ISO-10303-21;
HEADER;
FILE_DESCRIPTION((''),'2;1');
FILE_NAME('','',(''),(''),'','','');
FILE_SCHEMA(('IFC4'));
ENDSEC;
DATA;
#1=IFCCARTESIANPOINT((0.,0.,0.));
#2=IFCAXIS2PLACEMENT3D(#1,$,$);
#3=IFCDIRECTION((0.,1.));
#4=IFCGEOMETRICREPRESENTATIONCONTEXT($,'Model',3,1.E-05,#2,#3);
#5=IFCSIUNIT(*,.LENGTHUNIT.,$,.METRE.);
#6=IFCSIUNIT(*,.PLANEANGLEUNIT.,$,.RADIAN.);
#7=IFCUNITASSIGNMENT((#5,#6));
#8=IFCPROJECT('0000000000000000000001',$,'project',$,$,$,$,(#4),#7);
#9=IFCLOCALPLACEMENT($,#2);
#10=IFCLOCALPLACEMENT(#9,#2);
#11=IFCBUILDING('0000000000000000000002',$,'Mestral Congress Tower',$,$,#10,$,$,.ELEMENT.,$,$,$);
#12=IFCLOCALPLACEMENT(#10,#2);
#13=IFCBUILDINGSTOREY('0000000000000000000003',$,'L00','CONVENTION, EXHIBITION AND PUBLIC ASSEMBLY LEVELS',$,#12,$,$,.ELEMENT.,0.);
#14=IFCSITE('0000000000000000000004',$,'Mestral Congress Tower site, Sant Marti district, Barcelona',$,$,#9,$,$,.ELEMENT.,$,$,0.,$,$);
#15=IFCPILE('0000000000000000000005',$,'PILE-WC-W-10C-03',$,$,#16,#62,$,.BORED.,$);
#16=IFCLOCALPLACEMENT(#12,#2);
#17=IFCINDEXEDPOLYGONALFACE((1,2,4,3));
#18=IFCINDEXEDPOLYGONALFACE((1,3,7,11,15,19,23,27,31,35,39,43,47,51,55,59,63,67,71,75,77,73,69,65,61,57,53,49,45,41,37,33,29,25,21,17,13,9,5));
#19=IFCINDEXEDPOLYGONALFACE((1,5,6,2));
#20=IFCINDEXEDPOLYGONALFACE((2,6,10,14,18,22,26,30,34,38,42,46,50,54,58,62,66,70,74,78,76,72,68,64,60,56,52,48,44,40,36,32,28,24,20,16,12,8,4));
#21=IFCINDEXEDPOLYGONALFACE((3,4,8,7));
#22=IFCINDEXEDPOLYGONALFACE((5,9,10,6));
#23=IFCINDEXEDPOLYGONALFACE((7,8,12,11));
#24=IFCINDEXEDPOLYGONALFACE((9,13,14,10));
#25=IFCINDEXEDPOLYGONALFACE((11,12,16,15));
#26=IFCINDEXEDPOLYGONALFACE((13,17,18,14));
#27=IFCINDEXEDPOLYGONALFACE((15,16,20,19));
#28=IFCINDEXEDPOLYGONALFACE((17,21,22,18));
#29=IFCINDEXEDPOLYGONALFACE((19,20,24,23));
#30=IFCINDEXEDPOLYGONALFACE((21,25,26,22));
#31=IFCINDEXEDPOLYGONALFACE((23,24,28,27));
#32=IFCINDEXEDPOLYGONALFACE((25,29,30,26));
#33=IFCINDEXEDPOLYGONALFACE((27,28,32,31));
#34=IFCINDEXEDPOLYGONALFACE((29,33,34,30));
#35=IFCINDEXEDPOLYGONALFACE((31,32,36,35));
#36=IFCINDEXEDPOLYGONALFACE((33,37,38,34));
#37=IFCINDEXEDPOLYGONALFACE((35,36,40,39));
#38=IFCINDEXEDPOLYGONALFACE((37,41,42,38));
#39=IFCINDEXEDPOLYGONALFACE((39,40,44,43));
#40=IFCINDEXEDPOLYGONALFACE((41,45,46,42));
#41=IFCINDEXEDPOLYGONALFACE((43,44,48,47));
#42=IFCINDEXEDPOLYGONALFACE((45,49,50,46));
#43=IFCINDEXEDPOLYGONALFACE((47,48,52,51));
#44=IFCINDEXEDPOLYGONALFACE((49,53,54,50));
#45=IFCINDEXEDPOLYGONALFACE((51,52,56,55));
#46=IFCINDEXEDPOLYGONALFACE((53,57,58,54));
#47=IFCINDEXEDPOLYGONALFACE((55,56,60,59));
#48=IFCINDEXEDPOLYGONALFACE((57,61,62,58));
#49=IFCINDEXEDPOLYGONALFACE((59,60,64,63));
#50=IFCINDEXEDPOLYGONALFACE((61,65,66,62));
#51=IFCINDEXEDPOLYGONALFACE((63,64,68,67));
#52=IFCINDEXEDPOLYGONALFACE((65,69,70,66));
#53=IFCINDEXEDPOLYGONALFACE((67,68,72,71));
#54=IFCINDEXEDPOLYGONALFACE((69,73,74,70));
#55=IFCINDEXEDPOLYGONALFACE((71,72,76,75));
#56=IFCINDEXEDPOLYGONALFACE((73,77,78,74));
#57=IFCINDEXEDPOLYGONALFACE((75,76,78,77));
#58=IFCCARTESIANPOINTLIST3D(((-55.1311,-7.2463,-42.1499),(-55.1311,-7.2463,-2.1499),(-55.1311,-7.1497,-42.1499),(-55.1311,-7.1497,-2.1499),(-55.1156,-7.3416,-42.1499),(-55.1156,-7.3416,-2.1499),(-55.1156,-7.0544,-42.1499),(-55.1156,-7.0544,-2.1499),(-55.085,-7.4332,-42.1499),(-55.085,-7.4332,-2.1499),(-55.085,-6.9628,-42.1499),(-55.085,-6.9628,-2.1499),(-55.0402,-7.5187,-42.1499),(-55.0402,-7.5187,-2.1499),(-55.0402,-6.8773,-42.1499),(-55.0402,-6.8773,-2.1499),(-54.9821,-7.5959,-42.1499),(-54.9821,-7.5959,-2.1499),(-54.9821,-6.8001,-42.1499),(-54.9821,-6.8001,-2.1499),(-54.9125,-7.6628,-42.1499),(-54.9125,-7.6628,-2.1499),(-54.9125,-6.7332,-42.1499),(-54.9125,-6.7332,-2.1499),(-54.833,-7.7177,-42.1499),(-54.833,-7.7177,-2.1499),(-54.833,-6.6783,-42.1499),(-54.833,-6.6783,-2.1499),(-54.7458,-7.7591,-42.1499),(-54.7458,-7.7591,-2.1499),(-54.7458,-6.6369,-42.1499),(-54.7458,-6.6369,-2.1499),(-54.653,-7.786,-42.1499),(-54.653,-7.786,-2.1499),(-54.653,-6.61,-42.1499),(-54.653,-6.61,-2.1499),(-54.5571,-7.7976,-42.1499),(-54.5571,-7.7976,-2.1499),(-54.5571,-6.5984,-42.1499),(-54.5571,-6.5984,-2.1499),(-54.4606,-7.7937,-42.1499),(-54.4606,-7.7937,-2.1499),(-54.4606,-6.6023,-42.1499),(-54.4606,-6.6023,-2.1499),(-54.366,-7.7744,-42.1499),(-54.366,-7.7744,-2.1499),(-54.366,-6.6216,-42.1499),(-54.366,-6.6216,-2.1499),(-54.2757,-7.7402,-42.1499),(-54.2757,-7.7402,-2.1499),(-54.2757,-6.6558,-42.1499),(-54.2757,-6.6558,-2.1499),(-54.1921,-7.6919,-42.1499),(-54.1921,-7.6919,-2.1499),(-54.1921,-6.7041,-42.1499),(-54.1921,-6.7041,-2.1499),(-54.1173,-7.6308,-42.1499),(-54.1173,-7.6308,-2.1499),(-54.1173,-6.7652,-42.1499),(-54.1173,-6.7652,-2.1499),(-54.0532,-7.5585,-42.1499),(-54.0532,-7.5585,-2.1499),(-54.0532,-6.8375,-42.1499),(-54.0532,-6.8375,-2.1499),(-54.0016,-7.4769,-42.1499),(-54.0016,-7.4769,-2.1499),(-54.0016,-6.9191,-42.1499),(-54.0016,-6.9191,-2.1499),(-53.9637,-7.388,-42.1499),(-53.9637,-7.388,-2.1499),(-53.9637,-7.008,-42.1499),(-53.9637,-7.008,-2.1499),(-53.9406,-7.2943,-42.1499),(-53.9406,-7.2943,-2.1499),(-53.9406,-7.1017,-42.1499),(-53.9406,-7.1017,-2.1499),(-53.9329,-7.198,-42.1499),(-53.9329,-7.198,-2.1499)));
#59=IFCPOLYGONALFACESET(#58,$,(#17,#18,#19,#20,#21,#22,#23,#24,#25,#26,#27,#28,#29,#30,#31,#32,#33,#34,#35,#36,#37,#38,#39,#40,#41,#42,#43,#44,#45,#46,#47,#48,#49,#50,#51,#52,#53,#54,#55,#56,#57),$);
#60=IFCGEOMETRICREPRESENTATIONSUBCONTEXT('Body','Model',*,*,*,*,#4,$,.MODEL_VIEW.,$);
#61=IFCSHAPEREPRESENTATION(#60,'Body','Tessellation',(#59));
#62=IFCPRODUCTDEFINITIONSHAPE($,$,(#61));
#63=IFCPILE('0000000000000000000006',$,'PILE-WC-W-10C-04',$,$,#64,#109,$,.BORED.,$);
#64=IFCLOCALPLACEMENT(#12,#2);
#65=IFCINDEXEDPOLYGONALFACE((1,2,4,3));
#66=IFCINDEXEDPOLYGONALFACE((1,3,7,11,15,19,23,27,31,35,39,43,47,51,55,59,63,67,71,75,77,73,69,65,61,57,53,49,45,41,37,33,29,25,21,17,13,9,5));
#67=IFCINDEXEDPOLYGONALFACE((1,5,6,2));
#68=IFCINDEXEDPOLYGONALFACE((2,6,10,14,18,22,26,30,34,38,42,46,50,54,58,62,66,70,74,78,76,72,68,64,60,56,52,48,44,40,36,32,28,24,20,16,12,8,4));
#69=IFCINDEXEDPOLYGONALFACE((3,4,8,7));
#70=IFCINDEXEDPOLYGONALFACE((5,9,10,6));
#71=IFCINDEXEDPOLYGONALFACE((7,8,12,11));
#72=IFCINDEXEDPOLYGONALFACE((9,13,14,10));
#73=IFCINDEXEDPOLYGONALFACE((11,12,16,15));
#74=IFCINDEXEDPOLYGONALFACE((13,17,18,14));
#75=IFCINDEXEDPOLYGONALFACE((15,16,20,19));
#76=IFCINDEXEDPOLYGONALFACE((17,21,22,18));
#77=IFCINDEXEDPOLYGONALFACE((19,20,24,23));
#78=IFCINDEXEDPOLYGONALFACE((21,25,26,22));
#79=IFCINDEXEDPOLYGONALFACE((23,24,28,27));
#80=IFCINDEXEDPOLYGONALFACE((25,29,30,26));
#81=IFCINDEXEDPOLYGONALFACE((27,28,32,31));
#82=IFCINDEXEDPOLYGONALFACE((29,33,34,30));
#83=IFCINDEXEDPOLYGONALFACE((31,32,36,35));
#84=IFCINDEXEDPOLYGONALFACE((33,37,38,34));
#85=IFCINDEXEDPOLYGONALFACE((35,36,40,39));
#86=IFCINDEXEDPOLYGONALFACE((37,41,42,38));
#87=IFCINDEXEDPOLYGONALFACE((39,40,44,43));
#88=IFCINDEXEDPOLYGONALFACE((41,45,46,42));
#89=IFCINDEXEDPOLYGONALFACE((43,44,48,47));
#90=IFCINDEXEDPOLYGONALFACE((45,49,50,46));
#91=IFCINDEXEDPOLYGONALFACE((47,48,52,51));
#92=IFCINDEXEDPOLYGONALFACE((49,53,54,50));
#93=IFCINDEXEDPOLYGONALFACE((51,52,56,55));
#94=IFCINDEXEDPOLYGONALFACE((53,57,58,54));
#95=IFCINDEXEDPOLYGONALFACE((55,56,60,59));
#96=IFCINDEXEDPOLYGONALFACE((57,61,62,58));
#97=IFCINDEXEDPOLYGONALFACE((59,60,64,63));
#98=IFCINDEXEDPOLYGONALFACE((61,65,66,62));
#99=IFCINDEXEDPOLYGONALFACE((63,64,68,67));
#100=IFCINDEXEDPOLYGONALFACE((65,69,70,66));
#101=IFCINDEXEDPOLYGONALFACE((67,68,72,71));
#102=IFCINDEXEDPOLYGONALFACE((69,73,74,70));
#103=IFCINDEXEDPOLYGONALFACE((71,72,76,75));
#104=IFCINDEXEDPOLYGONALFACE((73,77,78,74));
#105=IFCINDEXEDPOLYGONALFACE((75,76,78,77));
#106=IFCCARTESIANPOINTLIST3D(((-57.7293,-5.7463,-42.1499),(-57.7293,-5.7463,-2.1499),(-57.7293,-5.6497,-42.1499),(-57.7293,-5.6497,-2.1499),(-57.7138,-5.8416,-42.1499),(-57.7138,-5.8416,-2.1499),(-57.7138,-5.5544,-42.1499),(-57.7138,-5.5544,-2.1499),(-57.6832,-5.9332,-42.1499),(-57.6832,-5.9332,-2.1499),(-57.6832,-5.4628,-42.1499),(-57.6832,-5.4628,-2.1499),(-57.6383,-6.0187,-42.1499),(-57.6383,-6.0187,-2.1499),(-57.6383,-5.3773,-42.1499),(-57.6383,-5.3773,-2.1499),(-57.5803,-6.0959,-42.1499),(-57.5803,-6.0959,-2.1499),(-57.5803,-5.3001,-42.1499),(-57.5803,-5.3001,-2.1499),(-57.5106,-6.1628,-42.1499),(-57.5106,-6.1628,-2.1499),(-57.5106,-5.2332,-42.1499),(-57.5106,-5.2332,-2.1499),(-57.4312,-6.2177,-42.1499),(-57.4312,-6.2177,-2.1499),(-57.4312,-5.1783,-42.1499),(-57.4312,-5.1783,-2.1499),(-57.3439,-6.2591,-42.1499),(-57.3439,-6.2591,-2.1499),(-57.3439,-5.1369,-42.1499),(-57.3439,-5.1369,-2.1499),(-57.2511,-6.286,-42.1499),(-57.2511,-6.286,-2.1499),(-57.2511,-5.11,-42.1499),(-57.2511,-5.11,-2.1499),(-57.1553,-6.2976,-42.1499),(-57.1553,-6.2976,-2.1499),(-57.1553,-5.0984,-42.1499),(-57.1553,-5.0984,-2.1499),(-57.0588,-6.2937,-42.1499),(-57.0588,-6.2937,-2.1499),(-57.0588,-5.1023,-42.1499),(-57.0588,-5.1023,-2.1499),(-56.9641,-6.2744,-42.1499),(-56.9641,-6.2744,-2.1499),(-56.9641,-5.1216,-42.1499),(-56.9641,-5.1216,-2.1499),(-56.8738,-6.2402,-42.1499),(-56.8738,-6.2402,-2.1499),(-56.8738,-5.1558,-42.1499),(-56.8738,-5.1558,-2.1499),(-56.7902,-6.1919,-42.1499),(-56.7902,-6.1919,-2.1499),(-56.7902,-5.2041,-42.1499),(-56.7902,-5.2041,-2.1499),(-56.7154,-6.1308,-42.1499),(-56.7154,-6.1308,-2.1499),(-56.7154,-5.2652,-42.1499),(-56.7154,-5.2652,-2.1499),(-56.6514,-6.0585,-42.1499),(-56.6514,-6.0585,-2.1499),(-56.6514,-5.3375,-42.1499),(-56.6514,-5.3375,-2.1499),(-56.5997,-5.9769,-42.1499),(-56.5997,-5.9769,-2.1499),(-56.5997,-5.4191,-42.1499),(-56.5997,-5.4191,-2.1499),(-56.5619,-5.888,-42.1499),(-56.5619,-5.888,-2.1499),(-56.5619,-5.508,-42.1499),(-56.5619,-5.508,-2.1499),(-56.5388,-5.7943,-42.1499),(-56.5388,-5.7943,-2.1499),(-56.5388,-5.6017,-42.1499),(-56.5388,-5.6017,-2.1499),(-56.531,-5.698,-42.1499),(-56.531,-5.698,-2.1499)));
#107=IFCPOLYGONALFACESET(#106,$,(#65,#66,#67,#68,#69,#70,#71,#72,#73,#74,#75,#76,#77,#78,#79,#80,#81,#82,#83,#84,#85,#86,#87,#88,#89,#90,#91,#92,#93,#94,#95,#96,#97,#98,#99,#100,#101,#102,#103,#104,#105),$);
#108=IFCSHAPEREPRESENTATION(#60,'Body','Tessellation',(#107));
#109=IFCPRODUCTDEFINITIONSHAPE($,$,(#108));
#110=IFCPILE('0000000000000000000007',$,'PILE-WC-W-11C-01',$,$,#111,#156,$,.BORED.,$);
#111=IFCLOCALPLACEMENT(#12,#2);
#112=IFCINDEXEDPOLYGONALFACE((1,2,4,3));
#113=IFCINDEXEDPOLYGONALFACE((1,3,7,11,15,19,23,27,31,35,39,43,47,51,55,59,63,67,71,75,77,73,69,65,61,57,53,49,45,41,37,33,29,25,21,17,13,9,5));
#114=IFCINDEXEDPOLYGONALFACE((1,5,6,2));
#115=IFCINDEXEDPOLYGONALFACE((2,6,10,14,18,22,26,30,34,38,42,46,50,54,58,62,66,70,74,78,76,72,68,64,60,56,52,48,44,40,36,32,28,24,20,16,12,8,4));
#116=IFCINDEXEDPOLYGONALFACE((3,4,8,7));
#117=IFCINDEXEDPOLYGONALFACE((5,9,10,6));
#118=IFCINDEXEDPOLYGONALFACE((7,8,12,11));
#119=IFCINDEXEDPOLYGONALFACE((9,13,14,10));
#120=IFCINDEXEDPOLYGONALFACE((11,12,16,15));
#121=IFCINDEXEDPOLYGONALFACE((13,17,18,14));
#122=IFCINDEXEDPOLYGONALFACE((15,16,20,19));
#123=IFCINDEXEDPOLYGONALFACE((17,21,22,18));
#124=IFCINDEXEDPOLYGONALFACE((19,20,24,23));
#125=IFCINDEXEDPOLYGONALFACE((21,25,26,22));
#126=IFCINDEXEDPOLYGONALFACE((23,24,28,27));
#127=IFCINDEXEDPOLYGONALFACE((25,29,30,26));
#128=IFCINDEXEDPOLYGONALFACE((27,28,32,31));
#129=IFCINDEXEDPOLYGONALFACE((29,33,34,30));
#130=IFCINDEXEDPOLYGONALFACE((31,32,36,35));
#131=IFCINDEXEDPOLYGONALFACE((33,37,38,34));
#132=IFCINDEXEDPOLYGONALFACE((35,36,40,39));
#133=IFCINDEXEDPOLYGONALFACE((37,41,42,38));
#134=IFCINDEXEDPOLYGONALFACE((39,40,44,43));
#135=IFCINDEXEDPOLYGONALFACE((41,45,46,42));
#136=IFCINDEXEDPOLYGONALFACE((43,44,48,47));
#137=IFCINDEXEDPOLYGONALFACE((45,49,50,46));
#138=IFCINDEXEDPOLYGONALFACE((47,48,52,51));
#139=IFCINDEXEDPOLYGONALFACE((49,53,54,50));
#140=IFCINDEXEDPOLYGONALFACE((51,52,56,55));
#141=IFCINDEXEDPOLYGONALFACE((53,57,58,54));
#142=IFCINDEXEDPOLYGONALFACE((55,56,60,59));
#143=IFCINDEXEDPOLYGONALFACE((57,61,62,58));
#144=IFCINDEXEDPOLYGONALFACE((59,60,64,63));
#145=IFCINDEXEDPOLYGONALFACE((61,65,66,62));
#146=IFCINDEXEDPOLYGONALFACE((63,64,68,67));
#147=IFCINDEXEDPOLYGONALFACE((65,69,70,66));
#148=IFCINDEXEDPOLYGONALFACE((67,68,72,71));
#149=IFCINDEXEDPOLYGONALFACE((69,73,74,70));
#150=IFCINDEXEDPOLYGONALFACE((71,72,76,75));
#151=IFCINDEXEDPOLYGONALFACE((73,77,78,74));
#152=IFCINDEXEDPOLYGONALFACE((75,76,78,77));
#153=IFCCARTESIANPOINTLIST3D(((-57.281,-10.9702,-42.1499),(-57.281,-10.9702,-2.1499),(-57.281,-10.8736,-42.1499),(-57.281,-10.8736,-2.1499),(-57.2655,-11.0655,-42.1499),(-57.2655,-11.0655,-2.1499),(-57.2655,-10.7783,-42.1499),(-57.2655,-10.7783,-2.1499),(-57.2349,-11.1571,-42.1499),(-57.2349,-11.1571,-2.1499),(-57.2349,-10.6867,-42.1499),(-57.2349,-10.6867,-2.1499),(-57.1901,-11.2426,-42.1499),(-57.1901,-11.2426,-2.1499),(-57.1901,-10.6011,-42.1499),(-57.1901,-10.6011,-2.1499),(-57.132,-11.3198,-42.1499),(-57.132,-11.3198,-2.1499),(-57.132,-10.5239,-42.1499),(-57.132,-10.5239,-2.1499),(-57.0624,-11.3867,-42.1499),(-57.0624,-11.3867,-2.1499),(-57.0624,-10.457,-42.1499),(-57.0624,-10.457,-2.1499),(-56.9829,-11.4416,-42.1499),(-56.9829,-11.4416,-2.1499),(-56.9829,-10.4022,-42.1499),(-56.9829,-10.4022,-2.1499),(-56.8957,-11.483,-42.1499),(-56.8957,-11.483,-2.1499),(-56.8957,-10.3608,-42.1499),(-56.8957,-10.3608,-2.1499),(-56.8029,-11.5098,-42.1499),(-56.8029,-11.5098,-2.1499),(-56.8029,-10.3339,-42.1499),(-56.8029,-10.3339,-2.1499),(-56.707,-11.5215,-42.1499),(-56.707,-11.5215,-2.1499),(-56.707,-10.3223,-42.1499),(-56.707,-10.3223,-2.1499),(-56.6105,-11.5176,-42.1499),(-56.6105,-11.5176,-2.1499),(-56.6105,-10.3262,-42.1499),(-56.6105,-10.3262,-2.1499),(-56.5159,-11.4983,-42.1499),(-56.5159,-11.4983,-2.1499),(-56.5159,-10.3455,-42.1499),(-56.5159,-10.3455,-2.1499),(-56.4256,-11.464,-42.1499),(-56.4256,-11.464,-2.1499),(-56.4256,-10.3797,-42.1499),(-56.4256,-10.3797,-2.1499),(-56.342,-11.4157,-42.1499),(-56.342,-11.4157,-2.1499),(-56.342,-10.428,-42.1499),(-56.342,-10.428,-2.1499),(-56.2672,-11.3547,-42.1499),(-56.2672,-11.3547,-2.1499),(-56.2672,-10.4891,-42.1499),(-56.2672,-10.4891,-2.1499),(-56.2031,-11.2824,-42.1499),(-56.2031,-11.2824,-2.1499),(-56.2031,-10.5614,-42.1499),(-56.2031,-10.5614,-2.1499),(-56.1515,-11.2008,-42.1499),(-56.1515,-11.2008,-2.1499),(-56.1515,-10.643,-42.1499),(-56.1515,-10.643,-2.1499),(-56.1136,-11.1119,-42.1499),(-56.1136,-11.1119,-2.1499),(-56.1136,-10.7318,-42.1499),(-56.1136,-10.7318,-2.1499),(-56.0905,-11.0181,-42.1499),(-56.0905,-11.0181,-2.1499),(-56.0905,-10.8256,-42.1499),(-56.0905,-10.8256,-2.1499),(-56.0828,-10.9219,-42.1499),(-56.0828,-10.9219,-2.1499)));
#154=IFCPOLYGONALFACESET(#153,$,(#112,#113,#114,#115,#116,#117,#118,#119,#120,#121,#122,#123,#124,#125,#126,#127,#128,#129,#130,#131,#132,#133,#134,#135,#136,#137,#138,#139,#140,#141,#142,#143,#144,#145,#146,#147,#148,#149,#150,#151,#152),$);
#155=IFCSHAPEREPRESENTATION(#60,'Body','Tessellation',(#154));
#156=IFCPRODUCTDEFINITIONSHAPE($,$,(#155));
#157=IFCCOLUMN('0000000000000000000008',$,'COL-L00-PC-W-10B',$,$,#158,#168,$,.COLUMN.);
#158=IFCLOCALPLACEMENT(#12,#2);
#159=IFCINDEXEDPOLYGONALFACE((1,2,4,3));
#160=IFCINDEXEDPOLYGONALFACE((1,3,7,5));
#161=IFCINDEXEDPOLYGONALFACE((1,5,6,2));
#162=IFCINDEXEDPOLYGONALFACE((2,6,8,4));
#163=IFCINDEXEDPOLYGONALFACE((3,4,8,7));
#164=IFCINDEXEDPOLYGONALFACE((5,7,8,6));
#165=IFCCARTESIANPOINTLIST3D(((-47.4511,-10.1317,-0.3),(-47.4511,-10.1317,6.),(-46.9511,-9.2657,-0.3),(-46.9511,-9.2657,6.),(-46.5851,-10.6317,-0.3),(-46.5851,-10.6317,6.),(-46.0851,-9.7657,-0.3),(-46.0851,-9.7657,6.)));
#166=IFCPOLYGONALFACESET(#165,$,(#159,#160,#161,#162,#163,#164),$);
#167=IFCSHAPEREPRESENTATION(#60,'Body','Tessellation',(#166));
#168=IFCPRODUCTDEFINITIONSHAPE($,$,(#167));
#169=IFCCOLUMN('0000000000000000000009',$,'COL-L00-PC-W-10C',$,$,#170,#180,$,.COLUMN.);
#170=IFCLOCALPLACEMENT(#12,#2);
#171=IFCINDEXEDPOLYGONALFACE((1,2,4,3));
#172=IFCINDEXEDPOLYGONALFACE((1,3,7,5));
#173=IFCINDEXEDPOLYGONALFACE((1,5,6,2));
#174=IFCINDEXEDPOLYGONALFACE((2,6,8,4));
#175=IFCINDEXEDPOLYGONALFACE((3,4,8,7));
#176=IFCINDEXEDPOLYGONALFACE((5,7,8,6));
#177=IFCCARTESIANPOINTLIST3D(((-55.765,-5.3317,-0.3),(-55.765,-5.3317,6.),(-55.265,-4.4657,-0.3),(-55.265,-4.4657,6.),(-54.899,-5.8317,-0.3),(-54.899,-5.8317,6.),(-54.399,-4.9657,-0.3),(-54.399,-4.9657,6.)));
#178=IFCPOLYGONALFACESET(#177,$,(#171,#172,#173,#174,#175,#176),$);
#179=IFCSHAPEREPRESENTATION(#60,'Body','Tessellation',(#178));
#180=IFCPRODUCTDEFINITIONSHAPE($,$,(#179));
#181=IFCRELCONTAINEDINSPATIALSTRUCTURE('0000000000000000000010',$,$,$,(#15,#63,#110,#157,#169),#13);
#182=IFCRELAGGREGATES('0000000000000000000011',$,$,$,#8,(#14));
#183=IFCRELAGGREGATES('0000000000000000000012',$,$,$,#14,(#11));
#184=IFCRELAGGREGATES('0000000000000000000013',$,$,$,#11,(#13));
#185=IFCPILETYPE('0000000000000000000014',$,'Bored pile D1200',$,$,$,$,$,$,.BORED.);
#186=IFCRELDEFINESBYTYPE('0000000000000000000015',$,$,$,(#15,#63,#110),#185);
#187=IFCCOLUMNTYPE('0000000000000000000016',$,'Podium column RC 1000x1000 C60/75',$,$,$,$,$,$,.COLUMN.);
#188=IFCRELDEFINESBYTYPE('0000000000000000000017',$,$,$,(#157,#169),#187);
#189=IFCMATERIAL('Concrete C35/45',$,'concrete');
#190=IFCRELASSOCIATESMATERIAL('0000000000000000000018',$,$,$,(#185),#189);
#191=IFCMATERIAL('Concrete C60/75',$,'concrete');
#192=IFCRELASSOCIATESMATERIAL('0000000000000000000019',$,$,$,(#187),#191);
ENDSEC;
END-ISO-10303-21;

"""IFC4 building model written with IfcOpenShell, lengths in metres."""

from ifc_helpers import new_model, si_unit, direction, frame, origin, origin_2d, place, context, subcontext, project, spatial, rectangle, circle, extrude, material, material_profile, profile_set, type_object, element, save


model = new_model("IFC4")

# Units and contexts
model_context = context("Model", 3, precision=1e-05, world=origin(), true_north=direction((0.0, 1.0)))
body_context = subcontext(model_context, "Body", "Model", "MODEL_VIEW")
ifc_project = project(units=[si_unit("LENGTHUNIT", "METRE"), si_unit("PLANEANGLEUNIT", "RADIAN")], contexts=[model_context])

# Site, building, storey
site_placement = place(None, origin())
site = spatial("IfcSite", under=ifc_project, at=site_placement, Name="Mestral Congress Tower site, Sant Marti district, Barcelona", CompositionType="ELEMENT", RefElevation=0.0)
building_placement = place(site_placement, origin())
building = spatial("IfcBuilding", under=site, at=building_placement, Name="Mestral Congress Tower", CompositionType="ELEMENT")
storey_placement = place(building_placement, origin())
storey = spatial("IfcBuildingStorey", under=building, at=storey_placement, Name="L00", Description="CONVENTION, EXHIBITION AND PUBLIC ASSEMBLY LEVELS", CompositionType="ELEMENT", Elevation=0.0)

# Piles
ifc_material_1 = material(Name="Concrete C35/45", Category="concrete")
ifc_material_profile_1 = material_profile(ifc_material_1, circle(Radius=0.6001, at=origin_2d()), Name="D1200")
ifc_profile_set_1 = profile_set([ifc_material_profile_1], Name="Concrete C35/45")
pile_type = type_object("IfcPileType", Name="Bored pile D1200", PredefinedType="BORED", material=ifc_profile_set_1)
for number, where, z_axis, x_axis, name in (
    (1, (-54.533, -7.198, -2.1499), (0.0, 0.0, -1.0), (1.0, 0.0, 0.0), "PILE-WC-W-10C-03"),
    (2, (-57.1311, -5.698, -2.1499), (0.0, 0.0, -1.0), (1.0, 0.0, 0.0), "PILE-WC-W-10C-04"),
    (3, (-56.6829, -10.9219, -2.1499), (0.0, 0.0, -1.0), (1.0, 0.0, 0.0), "PILE-WC-W-11C-01"),
):
    element("IfcPile", number, at=place(storey_placement, frame(where, z_axis=z_axis, x_axis=x_axis)), inside=storey, type_object=pile_type, Name=name, PredefinedType="BORED", context=body_context, shape_type="SweptSolid", body=[
        extrude(circle(Radius=0.6001, at=origin_2d()), origin(), (0.0, 0.0, 1.0), 40.0),
    ])

# Columns
ifc_material_2 = material(Name="Concrete C60/75", Category="concrete")
ifc_material_profile_2 = material_profile(ifc_material_2, rectangle(XDim=1.0, YDim=1.0, at=origin_2d()), Name="RC 1000x1000")
ifc_profile_set_2 = profile_set([ifc_material_profile_2], Name="Concrete C60/75")
column_type = type_object("IfcColumnType", Name="Podium column RC 1000x1000 C60/75", PredefinedType="COLUMN", material=ifc_profile_set_2)
for number, where, z_axis, x_axis, name in (
    (4, (-46.7681, -9.9487, -0.3), (0.0, 0.0, 1.0), (-0.5, -0.866025, 0.0), "COL-L00-PC-W-10B"),
    (5, (-55.082, -5.1487, -0.3), (0.0, 0.0, 1.0), (-0.5, -0.866025, 0.0), "COL-L00-PC-W-10C"),
):
    element("IfcColumn", number, at=place(storey_placement, frame(where, z_axis=z_axis, x_axis=x_axis)), inside=storey, type_object=column_type, Name=name, PredefinedType="COLUMN", context=body_context, shape_type="SweptSolid", body=[
        extrude(rectangle(XDim=1.0, YDim=1.0, at=origin_2d()), origin(), (0.0, 0.0, 1.0), 6.3),
    ])

save(model, "model.ifc")
